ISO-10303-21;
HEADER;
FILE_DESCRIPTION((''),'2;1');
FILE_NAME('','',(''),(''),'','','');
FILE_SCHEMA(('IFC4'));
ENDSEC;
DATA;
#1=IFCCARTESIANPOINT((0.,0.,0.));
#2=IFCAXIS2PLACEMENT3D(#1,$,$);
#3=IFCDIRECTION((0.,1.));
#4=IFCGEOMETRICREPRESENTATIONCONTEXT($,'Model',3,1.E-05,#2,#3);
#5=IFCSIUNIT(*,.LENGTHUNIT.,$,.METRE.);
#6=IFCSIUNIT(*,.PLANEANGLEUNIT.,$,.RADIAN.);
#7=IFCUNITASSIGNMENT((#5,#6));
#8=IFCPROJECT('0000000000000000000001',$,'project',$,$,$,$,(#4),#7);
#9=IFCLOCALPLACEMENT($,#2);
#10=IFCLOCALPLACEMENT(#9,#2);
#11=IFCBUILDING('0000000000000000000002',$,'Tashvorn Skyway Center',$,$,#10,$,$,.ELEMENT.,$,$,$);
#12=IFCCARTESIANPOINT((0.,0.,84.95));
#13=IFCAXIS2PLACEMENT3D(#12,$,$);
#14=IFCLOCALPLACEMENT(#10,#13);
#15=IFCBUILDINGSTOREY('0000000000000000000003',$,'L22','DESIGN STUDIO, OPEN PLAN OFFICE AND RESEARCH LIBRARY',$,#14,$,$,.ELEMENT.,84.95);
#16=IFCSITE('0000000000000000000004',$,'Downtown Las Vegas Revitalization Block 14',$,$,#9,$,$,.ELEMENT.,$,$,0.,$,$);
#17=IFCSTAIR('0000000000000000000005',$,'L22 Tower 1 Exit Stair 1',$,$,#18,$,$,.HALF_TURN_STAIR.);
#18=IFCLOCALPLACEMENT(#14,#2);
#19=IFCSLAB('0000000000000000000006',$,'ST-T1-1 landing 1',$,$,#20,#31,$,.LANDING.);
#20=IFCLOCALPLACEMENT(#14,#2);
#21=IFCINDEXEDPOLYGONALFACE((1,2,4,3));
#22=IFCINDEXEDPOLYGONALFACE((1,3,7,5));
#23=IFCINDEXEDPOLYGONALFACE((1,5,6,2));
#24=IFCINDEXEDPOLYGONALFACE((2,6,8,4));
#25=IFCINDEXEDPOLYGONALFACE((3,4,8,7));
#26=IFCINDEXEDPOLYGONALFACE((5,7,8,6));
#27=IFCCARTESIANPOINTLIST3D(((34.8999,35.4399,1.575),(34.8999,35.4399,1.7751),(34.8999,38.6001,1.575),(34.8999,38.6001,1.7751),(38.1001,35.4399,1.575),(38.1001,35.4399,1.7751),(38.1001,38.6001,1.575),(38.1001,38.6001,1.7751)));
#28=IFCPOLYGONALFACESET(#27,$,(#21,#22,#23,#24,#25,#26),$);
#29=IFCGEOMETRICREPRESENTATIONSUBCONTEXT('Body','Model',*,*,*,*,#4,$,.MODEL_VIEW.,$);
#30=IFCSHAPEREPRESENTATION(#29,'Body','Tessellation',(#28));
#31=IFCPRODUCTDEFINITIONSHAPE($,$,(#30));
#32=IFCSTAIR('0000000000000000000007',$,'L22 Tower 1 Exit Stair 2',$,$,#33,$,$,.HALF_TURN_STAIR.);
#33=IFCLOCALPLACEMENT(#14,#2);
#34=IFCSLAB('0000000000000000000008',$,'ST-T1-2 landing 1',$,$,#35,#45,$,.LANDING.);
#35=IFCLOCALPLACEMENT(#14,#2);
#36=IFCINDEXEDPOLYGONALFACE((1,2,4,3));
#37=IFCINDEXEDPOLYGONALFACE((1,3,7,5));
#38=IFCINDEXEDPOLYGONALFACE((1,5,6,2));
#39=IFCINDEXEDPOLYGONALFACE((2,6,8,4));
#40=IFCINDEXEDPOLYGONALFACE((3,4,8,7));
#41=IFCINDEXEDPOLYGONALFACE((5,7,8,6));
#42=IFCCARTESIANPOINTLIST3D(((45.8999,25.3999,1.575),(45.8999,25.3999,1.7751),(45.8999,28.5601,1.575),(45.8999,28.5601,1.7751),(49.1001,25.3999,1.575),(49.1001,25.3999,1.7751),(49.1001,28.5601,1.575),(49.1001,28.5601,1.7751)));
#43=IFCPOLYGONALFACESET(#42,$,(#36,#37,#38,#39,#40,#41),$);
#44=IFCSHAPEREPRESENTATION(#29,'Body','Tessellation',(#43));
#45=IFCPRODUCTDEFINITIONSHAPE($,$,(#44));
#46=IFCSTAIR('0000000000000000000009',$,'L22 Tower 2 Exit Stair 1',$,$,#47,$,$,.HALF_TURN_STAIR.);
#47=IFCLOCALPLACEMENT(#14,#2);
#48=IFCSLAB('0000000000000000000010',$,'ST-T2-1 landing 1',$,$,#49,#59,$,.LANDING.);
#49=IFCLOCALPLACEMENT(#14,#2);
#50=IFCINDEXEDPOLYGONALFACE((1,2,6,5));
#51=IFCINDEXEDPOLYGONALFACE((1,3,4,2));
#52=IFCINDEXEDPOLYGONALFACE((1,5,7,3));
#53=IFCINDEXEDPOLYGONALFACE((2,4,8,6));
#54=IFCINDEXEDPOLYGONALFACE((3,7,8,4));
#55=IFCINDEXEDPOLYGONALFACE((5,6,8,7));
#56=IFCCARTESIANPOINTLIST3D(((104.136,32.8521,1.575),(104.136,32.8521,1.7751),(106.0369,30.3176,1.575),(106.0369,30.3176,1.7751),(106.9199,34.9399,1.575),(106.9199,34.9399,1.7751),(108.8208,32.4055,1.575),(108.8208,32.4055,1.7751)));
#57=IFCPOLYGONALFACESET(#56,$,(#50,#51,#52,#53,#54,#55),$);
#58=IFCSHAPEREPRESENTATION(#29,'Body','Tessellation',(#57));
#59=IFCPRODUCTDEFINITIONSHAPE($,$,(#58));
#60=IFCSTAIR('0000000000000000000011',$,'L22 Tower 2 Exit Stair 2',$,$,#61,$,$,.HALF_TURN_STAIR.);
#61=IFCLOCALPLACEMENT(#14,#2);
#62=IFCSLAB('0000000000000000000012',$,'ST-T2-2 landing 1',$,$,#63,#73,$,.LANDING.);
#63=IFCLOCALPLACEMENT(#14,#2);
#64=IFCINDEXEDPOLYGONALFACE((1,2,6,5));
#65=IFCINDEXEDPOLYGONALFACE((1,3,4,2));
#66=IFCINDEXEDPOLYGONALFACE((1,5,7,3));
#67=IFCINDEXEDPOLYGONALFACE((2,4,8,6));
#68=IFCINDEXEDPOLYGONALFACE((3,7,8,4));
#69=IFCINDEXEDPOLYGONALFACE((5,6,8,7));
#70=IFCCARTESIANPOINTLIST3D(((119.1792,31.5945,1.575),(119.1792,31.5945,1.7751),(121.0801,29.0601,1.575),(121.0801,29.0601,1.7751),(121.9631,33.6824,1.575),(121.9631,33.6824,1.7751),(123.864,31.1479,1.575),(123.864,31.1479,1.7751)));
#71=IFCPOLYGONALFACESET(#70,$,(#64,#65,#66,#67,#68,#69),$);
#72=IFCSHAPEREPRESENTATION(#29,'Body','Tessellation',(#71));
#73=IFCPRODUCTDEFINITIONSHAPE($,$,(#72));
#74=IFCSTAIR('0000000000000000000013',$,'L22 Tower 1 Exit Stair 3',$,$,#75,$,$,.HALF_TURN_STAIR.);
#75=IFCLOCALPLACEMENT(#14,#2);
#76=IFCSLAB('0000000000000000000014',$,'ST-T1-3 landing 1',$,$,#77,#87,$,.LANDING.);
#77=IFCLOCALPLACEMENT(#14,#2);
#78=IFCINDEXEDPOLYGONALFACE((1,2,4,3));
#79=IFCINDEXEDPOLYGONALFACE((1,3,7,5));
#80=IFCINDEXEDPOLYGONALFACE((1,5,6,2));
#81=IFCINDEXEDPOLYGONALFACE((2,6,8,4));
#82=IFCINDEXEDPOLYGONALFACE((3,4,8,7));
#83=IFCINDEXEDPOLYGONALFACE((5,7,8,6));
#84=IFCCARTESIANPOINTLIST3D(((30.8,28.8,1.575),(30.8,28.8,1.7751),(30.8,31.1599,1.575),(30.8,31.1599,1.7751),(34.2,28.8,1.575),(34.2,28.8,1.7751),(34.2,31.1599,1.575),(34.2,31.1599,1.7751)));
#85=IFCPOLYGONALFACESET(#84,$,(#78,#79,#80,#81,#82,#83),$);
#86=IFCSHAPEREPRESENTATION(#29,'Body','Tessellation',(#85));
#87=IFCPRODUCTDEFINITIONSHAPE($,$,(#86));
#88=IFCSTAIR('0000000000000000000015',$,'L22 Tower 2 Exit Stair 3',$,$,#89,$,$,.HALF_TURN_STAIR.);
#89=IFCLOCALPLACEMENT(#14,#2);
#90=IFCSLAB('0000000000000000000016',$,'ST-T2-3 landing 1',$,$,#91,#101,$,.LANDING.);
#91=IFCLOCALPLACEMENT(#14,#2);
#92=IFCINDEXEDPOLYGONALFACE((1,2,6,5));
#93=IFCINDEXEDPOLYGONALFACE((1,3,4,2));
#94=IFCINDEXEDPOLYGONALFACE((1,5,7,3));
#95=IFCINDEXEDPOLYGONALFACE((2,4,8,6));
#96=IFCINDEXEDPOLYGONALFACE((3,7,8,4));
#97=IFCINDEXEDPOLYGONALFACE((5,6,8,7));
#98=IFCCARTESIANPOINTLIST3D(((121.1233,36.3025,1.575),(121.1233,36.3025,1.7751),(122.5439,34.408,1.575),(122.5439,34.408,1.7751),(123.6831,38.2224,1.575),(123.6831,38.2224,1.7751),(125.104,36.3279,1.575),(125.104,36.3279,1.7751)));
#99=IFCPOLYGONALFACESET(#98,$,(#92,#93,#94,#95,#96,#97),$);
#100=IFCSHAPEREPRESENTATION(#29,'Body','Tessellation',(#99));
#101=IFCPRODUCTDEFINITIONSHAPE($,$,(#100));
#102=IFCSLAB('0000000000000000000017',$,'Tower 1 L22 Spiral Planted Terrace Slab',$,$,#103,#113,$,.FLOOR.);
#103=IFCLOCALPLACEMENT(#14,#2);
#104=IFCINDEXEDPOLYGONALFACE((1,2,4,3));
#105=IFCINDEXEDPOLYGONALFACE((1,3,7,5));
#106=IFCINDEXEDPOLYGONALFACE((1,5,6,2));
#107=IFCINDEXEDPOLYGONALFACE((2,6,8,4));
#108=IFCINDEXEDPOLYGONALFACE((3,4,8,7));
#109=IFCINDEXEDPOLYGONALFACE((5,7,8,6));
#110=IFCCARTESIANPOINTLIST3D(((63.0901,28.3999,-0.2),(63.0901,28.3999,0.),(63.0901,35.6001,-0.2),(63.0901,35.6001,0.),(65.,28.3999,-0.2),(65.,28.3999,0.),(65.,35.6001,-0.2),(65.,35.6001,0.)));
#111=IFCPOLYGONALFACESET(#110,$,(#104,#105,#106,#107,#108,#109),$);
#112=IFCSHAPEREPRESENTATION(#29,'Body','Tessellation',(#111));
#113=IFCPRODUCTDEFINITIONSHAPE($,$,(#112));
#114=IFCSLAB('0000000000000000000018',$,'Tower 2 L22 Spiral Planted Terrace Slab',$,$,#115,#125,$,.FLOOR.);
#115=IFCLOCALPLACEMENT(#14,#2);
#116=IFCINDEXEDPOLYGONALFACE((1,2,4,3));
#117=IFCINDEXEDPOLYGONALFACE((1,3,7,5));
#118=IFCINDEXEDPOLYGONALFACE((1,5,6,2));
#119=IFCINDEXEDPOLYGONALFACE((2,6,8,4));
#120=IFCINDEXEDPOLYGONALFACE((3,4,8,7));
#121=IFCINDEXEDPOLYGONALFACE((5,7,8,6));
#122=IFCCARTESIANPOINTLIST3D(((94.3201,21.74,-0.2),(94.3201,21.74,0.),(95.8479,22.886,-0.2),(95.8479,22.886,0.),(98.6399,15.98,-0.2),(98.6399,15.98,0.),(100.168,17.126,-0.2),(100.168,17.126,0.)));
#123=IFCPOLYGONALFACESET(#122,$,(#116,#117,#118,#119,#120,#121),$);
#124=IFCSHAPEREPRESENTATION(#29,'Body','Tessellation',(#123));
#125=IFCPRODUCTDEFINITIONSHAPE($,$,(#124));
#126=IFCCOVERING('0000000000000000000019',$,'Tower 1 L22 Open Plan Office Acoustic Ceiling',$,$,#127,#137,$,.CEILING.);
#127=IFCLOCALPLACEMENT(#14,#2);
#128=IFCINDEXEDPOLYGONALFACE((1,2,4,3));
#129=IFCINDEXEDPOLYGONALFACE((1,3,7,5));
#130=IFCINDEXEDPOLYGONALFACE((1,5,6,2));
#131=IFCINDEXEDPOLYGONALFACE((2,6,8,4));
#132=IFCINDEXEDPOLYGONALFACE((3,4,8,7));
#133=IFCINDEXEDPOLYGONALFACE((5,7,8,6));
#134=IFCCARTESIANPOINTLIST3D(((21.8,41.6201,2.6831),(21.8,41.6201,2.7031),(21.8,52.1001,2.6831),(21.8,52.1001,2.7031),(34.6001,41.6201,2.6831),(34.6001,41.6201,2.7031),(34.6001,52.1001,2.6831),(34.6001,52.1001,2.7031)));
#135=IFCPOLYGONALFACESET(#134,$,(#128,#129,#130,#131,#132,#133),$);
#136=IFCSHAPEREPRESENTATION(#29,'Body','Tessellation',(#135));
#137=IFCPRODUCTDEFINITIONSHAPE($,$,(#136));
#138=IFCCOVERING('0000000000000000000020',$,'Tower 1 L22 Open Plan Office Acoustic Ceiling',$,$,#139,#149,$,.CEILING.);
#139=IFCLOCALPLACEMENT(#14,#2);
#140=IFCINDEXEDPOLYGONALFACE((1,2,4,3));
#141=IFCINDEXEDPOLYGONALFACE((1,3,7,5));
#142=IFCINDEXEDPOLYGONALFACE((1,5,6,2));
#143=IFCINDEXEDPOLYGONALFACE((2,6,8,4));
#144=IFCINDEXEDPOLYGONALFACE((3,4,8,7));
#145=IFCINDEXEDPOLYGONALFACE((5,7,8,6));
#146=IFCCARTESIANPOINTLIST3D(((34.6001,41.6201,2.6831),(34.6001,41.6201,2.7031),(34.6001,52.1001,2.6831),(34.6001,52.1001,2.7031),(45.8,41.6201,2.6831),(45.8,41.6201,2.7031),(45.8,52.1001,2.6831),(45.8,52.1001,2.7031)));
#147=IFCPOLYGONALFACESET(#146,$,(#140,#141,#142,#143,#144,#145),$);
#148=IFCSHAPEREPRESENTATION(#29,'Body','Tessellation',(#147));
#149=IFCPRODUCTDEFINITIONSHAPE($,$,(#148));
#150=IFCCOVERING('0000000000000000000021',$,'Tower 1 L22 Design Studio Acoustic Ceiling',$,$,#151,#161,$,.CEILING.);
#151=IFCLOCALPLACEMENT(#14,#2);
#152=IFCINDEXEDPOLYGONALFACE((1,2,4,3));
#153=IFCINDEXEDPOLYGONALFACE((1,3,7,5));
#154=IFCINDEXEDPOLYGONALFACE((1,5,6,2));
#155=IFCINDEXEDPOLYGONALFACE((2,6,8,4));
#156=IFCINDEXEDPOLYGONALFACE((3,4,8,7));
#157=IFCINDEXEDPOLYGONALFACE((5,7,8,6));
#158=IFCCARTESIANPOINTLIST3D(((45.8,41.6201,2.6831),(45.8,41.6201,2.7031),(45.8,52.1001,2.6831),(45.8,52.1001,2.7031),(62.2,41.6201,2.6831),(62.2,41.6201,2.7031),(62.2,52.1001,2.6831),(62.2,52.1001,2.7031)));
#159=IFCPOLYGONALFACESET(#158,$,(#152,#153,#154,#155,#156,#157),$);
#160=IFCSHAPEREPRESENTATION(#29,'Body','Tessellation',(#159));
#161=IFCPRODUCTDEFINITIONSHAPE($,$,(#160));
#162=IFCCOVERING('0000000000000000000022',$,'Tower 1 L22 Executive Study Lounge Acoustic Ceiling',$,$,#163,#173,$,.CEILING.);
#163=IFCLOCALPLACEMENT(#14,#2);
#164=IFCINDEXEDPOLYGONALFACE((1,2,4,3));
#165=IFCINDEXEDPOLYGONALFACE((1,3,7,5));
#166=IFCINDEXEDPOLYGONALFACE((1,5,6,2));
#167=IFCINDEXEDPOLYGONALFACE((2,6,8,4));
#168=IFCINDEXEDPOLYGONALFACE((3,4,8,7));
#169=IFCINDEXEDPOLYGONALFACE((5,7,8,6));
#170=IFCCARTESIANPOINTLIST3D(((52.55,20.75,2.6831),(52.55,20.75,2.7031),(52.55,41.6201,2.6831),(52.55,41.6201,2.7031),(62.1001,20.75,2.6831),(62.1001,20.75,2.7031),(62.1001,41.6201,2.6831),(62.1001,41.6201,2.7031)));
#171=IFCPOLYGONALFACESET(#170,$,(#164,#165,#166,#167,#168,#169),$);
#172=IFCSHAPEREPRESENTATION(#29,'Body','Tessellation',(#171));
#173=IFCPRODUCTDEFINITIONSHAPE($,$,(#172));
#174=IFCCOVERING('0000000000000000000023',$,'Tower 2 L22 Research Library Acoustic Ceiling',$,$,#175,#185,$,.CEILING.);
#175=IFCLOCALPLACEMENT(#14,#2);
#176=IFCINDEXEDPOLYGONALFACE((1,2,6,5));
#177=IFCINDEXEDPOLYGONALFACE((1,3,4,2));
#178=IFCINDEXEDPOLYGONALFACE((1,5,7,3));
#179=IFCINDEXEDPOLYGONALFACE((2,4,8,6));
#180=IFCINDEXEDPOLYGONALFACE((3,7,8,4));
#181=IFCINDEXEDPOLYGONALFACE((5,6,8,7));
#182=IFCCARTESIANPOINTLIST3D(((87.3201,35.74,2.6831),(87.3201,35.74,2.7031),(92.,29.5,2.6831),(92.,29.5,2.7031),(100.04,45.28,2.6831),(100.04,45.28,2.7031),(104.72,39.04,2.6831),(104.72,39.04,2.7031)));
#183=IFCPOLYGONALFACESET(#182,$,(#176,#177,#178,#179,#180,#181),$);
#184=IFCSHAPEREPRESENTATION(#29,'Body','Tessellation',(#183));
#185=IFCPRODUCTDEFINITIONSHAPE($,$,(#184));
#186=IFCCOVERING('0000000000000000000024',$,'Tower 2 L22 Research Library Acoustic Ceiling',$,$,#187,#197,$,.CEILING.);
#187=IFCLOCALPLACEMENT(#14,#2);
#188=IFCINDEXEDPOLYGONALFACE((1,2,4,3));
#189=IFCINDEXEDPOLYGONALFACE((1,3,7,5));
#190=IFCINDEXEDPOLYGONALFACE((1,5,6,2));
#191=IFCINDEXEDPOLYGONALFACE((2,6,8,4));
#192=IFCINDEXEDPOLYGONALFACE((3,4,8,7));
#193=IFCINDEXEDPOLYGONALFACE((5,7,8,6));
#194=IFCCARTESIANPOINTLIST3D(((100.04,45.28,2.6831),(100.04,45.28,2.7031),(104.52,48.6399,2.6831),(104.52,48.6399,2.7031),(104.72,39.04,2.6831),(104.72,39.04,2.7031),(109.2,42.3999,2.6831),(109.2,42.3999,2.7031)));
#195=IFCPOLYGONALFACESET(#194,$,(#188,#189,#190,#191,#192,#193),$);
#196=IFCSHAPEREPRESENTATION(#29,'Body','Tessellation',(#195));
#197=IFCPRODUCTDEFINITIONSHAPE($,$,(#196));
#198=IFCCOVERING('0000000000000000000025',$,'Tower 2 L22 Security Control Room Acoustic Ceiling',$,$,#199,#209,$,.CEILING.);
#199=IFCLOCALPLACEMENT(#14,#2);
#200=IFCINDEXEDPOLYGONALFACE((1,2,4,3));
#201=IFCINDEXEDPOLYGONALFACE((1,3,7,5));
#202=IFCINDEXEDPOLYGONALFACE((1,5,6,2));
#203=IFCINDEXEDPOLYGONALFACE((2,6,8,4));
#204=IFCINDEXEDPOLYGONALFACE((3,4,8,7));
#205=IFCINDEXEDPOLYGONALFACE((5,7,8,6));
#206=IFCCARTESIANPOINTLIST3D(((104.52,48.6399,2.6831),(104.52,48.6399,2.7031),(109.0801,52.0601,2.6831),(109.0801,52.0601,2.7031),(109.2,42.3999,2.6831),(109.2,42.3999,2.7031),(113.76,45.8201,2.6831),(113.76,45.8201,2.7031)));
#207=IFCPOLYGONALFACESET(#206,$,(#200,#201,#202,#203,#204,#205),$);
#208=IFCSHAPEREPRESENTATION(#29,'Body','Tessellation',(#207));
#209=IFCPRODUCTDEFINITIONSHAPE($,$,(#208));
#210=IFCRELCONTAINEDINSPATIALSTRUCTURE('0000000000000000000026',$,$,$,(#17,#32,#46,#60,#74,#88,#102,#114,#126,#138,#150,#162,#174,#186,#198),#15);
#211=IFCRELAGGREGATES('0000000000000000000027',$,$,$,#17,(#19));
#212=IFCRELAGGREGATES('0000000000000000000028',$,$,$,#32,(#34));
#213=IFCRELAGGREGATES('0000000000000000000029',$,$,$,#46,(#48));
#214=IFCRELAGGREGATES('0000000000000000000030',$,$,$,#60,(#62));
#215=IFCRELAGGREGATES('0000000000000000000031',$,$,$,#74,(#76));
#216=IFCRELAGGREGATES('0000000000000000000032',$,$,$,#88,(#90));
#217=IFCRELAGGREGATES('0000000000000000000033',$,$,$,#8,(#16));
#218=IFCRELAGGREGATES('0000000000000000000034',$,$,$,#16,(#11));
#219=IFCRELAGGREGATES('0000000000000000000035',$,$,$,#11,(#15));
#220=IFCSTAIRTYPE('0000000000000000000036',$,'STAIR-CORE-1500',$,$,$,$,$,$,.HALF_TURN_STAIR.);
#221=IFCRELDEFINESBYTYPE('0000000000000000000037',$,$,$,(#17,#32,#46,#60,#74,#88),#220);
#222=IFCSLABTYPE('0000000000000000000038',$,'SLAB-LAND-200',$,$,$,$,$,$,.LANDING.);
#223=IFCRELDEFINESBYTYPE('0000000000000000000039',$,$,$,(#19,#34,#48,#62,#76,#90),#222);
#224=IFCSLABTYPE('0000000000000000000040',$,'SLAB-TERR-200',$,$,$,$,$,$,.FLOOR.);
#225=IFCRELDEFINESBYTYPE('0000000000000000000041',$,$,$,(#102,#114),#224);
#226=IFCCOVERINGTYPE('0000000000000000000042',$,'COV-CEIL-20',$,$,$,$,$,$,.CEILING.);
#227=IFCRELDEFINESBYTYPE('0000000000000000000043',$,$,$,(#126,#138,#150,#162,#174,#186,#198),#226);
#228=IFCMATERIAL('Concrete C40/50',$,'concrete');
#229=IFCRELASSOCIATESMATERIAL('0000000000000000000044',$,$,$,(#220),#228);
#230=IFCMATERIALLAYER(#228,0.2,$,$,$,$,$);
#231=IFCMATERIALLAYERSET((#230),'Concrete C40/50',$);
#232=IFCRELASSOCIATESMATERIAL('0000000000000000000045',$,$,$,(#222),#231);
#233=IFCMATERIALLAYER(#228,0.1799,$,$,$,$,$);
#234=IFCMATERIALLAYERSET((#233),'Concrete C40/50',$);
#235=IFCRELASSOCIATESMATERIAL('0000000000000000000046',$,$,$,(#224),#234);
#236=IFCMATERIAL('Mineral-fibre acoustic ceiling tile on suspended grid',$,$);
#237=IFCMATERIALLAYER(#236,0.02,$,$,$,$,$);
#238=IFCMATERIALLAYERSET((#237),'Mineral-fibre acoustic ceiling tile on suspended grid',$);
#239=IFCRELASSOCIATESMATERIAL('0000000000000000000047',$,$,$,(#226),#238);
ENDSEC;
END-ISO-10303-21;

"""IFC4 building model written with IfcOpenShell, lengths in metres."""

from ifc_helpers import new_model, si_unit, direction, frame, origin, place, context, subcontext, project, spatial, polyline, outline, extrude, material, layer, layer_set, type_object, element, aggregate, save


model = new_model("IFC4")

# Units and contexts
model_context = context("Model", 3, precision=1e-05, world=origin(), true_north=direction((0.0, 1.0)))
body_context = subcontext(model_context, "Body", "Model", "MODEL_VIEW")
ifc_project = project(units=[si_unit("LENGTHUNIT", "METRE"), si_unit("PLANEANGLEUNIT", "RADIAN")], contexts=[model_context])

# Site, building, storey
site_placement = place(None, origin())
site = spatial("IfcSite", under=ifc_project, at=site_placement, Name="Downtown Las Vegas Revitalization Block 14", CompositionType="ELEMENT", RefElevation=0.0)
building_placement = place(site_placement, origin())
building = spatial("IfcBuilding", under=site, at=building_placement, Name="Tashvorn Skyway Center", CompositionType="ELEMENT")
storey_placement = place(building_placement, frame((0.0, 0.0, 84.95)))
storey = spatial("IfcBuildingStorey", under=building, at=storey_placement, Name="L22", Description="DESIGN STUDIO, OPEN PLAN OFFICE AND RESEARCH LIBRARY", CompositionType="ELEMENT", Elevation=84.95)

# Shared definitions
ifc_material_1 = material(Name="Concrete C40/50", Category="concrete")

# Stairs, slabs
stair_type = type_object("IfcStairType", Name="STAIR-CORE-1500", PredefinedType="HALF_TURN_STAIR", material=ifc_material_1)
stair_1_placement = place(storey_placement, origin())
stair_1 = element("IfcStair", 1, at=stair_1_placement, inside=storey, type_object=stair_type, Name="L22 Tower 1 Exit Stair 1", PredefinedType="HALF_TURN_STAIR")
ifc_layer_1 = layer(ifc_material_1, 0.2)
ifc_layer_set_1 = layer_set([ifc_layer_1], Name="Concrete C40/50")
slab_type_1 = type_object("IfcSlabType", Name="SLAB-LAND-200", PredefinedType="LANDING", material=ifc_layer_set_1)
slab_1_placement = place(storey_placement, frame((0.0, 0.0, 1.575)))
slab_1 = element("IfcSlab", 2, at=slab_1_placement, type_object=slab_type_1, Name="ST-T1-1 landing 1", PredefinedType="LANDING", context=body_context, shape_type="SweptSolid", body=[
    extrude(outline(polyline([(38.1001, 35.4399), (38.1001, 38.6001), (34.8999, 38.6001), (34.8999, 35.4399), (38.1001, 35.4399)])), origin(), (0.0, 0.0, 1.0), 0.2002),
])
aggregate(stair_1, [slab_1])
stair_2_placement = place(storey_placement, origin())
stair_2 = element("IfcStair", 3, at=stair_2_placement, inside=storey, type_object=stair_type, Name="L22 Tower 1 Exit Stair 2", PredefinedType="HALF_TURN_STAIR")
slab_2_placement = place(storey_placement, frame((0.0, 0.0, 1.575)))
slab_2 = element("IfcSlab", 4, at=slab_2_placement, type_object=slab_type_1, Name="ST-T1-2 landing 1", PredefinedType="LANDING", context=body_context, shape_type="SweptSolid", body=[
    extrude(outline(polyline([(45.8999, 28.5601), (45.8999, 25.3999), (49.1001, 25.3999), (49.1001, 28.5601), (45.8999, 28.5601)])), origin(), (0.0, 0.0, 1.0), 0.2002),
])
aggregate(stair_2, [slab_2])
stair_3_placement = place(storey_placement, origin())
stair_3 = element("IfcStair", 5, at=stair_3_placement, inside=storey, type_object=stair_type, Name="L22 Tower 2 Exit Stair 1", PredefinedType="HALF_TURN_STAIR")
slab_3_placement = place(storey_placement, frame((0.0, 0.0, 1.575)))
slab_3 = element("IfcSlab", 6, at=slab_3_placement, type_object=slab_type_1, Name="ST-T2-1 landing 1", PredefinedType="LANDING", context=body_context, shape_type="SweptSolid", body=[
    extrude(outline(polyline([(108.8208, 32.4055), (106.9199, 34.9399), (104.136, 32.8521), (106.0369, 30.3176), (108.8208, 32.4055)])), origin(), (0.0, 0.0, 1.0), 0.2002),
])
aggregate(stair_3, [slab_3])
stair_4_placement = place(storey_placement, origin())
stair_4 = element("IfcStair", 7, at=stair_4_placement, inside=storey, type_object=stair_type, Name="L22 Tower 2 Exit Stair 2", PredefinedType="HALF_TURN_STAIR")
slab_4_placement = place(storey_placement, frame((0.0, 0.0, 1.575)))
slab_4 = element("IfcSlab", 8, at=slab_4_placement, type_object=slab_type_1, Name="ST-T2-2 landing 1", PredefinedType="LANDING", context=body_context, shape_type="SweptSolid", body=[
    extrude(outline(polyline([(119.1792, 31.5945), (121.0801, 29.0601), (123.864, 31.1479), (121.9631, 33.6824), (119.1792, 31.5945)])), origin(), (0.0, 0.0, 1.0), 0.2002),
])
aggregate(stair_4, [slab_4])
stair_5_placement = place(storey_placement, origin())
stair_5 = element("IfcStair", 9, at=stair_5_placement, inside=storey, type_object=stair_type, Name="L22 Tower 1 Exit Stair 3", PredefinedType="HALF_TURN_STAIR")
slab_5_placement = place(storey_placement, frame((0.0, 0.0, 1.575)))
slab_5 = element("IfcSlab", 10, at=slab_5_placement, type_object=slab_type_1, Name="ST-T1-3 landing 1", PredefinedType="LANDING", context=body_context, shape_type="SweptSolid", body=[
    extrude(outline(polyline([(30.8, 31.1599), (30.8, 28.8), (34.2, 28.8), (34.2, 31.1599), (30.8, 31.1599)])), origin(), (0.0, 0.0, 1.0), 0.2002),
])
aggregate(stair_5, [slab_5])
stair_6_placement = place(storey_placement, origin())
stair_6 = element("IfcStair", 11, at=stair_6_placement, inside=storey, type_object=stair_type, Name="L22 Tower 2 Exit Stair 3", PredefinedType="HALF_TURN_STAIR")
slab_6_placement = place(storey_placement, frame((0.0, 0.0, 1.575)))
slab_6 = element("IfcSlab", 12, at=slab_6_placement, type_object=slab_type_1, Name="ST-T2-3 landing 1", PredefinedType="LANDING", context=body_context, shape_type="SweptSolid", body=[
    extrude(outline(polyline([(121.1233, 36.3025), (122.5439, 34.408), (125.104, 36.3279), (123.6831, 38.2224), (121.1233, 36.3025)])), origin(), (0.0, 0.0, 1.0), 0.2002),
])
aggregate(stair_6, [slab_6])

# Slabs
ifc_layer_2 = layer(ifc_material_1, 0.1799)
ifc_layer_set_2 = layer_set([ifc_layer_2], Name="Concrete C40/50")
slab_type_2 = type_object("IfcSlabType", Name="SLAB-TERR-200", PredefinedType="FLOOR", material=ifc_layer_set_2)
slab_7_placement = place(storey_placement, frame((0.0, 0.0, -0.2)))
element("IfcSlab", 13, at=slab_7_placement, inside=storey, type_object=slab_type_2, Name="Tower 1 L22 Spiral Planted Terrace Slab", PredefinedType="FLOOR", context=body_context, shape_type="SweptSolid", body=[
    extrude(outline(polyline([(63.0901, 28.3999), (65.0, 28.3999), (65.0, 35.6001), (63.0901, 35.6001), (63.0901, 28.3999)])), origin(), (0.0, 0.0, 1.0), 0.2),
])
slab_8_placement = place(storey_placement, frame((0.0, 0.0, -0.2)))
element("IfcSlab", 14, at=slab_8_placement, inside=storey, type_object=slab_type_2, Name="Tower 2 L22 Spiral Planted Terrace Slab", PredefinedType="FLOOR", context=body_context, shape_type="SweptSolid", body=[
    extrude(outline(polyline([(98.6399, 15.98), (100.168, 17.126), (95.8479, 22.886), (94.3201, 21.74), (98.6399, 15.98)])), origin(), (0.0, 0.0, 1.0), 0.2),
])

# Coverings
ifc_material_2 = material(Name="Mineral-fibre acoustic ceiling tile on suspended grid")
ifc_layer_3 = layer(ifc_material_2, 0.02)
ifc_layer_set_3 = layer_set([ifc_layer_3], Name="Mineral-fibre acoustic ceiling tile on suspended grid")
covering_type_1 = type_object("IfcCoveringType", Name="COV-CEIL-20", PredefinedType="CEILING", material=ifc_layer_set_3)
covering_1_placement = place(storey_placement, frame((0.0, 0.0, 2.6831)))
element("IfcCovering", 15, at=covering_1_placement, inside=storey, type_object=covering_type_1, Name="Tower 1 L22 Open Plan Office Acoustic Ceiling", PredefinedType="CEILING", context=body_context, shape_type="SweptSolid", body=[
    extrude(outline(polyline([(21.8, 41.6201), (34.6001, 41.6201), (34.6001, 52.1001), (21.8, 52.1001), (21.8, 41.6201)])), origin(), (0.0, 0.0, 1.0), 0.02),
])
covering_2_placement = place(storey_placement, frame((0.0, 0.0, 2.6831)))
element("IfcCovering", 16, at=covering_2_placement, inside=storey, type_object=covering_type_1, Name="Tower 1 L22 Open Plan Office Acoustic Ceiling", PredefinedType="CEILING", context=body_context, shape_type="SweptSolid", body=[
    extrude(outline(polyline([(34.6001, 41.6201), (45.8, 41.6201), (45.8, 52.1001), (34.6001, 52.1001), (34.6001, 41.6201)])), origin(), (0.0, 0.0, 1.0), 0.02),
])
covering_3_placement = place(storey_placement, frame((0.0, 0.0, 2.6831)))
element("IfcCovering", 17, at=covering_3_placement, inside=storey, type_object=covering_type_1, Name="Tower 1 L22 Design Studio Acoustic Ceiling", PredefinedType="CEILING", context=body_context, shape_type="SweptSolid", body=[
    extrude(outline(polyline([(45.8, 41.6201), (62.2, 41.6201), (62.2, 52.1001), (45.8, 52.1001), (45.8, 41.6201)])), origin(), (0.0, 0.0, 1.0), 0.02),
])
covering_4_placement = place(storey_placement, frame((0.0, 0.0, 2.6831)))
element("IfcCovering", 18, at=covering_4_placement, inside=storey, type_object=covering_type_1, Name="Tower 1 L22 Executive Study Lounge Acoustic Ceiling", PredefinedType="CEILING", context=body_context, shape_type="SweptSolid", body=[
    extrude(outline(polyline([(52.55, 20.75), (62.1001, 20.75), (62.1001, 41.6201), (52.55, 41.6201), (52.55, 20.75)])), origin(), (0.0, 0.0, 1.0), 0.02),
])
covering_5_placement = place(storey_placement, frame((0.0, 0.0, 2.6831)))
element("IfcCovering", 19, at=covering_5_placement, inside=storey, type_object=covering_type_1, Name="Tower 2 L22 Research Library Acoustic Ceiling", PredefinedType="CEILING", context=body_context, shape_type="SweptSolid", body=[
    extrude(outline(polyline([(92.0, 29.5), (104.72, 39.04), (100.04, 45.28), (87.3201, 35.74), (92.0, 29.5)])), origin(), (0.0, 0.0, 1.0), 0.02),
])
covering_6_placement = place(storey_placement, frame((0.0, 0.0, 2.6831)))
element("IfcCovering", 20, at=covering_6_placement, inside=storey, type_object=covering_type_1, Name="Tower 2 L22 Research Library Acoustic Ceiling", PredefinedType="CEILING", context=body_context, shape_type="SweptSolid", body=[
    extrude(outline(polyline([(104.72, 39.04), (109.2, 42.3999), (104.52, 48.6399), (100.04, 45.28), (104.72, 39.04)])), origin(), (0.0, 0.0, 1.0), 0.02),
])
covering_7_placement = place(storey_placement, frame((0.0, 0.0, 2.6831)))
element("IfcCovering", 21, at=covering_7_placement, inside=storey, type_object=covering_type_1, Name="Tower 2 L22 Security Control Room Acoustic Ceiling", PredefinedType="CEILING", context=body_context, shape_type="SweptSolid", body=[
    extrude(outline(polyline([(109.2, 42.3999), (113.76, 45.8201), (109.0801, 52.0601), (104.52, 48.6399), (109.2, 42.3999)])), origin(), (0.0, 0.0, 1.0), 0.02),
])

save(model, "model.ifc")
